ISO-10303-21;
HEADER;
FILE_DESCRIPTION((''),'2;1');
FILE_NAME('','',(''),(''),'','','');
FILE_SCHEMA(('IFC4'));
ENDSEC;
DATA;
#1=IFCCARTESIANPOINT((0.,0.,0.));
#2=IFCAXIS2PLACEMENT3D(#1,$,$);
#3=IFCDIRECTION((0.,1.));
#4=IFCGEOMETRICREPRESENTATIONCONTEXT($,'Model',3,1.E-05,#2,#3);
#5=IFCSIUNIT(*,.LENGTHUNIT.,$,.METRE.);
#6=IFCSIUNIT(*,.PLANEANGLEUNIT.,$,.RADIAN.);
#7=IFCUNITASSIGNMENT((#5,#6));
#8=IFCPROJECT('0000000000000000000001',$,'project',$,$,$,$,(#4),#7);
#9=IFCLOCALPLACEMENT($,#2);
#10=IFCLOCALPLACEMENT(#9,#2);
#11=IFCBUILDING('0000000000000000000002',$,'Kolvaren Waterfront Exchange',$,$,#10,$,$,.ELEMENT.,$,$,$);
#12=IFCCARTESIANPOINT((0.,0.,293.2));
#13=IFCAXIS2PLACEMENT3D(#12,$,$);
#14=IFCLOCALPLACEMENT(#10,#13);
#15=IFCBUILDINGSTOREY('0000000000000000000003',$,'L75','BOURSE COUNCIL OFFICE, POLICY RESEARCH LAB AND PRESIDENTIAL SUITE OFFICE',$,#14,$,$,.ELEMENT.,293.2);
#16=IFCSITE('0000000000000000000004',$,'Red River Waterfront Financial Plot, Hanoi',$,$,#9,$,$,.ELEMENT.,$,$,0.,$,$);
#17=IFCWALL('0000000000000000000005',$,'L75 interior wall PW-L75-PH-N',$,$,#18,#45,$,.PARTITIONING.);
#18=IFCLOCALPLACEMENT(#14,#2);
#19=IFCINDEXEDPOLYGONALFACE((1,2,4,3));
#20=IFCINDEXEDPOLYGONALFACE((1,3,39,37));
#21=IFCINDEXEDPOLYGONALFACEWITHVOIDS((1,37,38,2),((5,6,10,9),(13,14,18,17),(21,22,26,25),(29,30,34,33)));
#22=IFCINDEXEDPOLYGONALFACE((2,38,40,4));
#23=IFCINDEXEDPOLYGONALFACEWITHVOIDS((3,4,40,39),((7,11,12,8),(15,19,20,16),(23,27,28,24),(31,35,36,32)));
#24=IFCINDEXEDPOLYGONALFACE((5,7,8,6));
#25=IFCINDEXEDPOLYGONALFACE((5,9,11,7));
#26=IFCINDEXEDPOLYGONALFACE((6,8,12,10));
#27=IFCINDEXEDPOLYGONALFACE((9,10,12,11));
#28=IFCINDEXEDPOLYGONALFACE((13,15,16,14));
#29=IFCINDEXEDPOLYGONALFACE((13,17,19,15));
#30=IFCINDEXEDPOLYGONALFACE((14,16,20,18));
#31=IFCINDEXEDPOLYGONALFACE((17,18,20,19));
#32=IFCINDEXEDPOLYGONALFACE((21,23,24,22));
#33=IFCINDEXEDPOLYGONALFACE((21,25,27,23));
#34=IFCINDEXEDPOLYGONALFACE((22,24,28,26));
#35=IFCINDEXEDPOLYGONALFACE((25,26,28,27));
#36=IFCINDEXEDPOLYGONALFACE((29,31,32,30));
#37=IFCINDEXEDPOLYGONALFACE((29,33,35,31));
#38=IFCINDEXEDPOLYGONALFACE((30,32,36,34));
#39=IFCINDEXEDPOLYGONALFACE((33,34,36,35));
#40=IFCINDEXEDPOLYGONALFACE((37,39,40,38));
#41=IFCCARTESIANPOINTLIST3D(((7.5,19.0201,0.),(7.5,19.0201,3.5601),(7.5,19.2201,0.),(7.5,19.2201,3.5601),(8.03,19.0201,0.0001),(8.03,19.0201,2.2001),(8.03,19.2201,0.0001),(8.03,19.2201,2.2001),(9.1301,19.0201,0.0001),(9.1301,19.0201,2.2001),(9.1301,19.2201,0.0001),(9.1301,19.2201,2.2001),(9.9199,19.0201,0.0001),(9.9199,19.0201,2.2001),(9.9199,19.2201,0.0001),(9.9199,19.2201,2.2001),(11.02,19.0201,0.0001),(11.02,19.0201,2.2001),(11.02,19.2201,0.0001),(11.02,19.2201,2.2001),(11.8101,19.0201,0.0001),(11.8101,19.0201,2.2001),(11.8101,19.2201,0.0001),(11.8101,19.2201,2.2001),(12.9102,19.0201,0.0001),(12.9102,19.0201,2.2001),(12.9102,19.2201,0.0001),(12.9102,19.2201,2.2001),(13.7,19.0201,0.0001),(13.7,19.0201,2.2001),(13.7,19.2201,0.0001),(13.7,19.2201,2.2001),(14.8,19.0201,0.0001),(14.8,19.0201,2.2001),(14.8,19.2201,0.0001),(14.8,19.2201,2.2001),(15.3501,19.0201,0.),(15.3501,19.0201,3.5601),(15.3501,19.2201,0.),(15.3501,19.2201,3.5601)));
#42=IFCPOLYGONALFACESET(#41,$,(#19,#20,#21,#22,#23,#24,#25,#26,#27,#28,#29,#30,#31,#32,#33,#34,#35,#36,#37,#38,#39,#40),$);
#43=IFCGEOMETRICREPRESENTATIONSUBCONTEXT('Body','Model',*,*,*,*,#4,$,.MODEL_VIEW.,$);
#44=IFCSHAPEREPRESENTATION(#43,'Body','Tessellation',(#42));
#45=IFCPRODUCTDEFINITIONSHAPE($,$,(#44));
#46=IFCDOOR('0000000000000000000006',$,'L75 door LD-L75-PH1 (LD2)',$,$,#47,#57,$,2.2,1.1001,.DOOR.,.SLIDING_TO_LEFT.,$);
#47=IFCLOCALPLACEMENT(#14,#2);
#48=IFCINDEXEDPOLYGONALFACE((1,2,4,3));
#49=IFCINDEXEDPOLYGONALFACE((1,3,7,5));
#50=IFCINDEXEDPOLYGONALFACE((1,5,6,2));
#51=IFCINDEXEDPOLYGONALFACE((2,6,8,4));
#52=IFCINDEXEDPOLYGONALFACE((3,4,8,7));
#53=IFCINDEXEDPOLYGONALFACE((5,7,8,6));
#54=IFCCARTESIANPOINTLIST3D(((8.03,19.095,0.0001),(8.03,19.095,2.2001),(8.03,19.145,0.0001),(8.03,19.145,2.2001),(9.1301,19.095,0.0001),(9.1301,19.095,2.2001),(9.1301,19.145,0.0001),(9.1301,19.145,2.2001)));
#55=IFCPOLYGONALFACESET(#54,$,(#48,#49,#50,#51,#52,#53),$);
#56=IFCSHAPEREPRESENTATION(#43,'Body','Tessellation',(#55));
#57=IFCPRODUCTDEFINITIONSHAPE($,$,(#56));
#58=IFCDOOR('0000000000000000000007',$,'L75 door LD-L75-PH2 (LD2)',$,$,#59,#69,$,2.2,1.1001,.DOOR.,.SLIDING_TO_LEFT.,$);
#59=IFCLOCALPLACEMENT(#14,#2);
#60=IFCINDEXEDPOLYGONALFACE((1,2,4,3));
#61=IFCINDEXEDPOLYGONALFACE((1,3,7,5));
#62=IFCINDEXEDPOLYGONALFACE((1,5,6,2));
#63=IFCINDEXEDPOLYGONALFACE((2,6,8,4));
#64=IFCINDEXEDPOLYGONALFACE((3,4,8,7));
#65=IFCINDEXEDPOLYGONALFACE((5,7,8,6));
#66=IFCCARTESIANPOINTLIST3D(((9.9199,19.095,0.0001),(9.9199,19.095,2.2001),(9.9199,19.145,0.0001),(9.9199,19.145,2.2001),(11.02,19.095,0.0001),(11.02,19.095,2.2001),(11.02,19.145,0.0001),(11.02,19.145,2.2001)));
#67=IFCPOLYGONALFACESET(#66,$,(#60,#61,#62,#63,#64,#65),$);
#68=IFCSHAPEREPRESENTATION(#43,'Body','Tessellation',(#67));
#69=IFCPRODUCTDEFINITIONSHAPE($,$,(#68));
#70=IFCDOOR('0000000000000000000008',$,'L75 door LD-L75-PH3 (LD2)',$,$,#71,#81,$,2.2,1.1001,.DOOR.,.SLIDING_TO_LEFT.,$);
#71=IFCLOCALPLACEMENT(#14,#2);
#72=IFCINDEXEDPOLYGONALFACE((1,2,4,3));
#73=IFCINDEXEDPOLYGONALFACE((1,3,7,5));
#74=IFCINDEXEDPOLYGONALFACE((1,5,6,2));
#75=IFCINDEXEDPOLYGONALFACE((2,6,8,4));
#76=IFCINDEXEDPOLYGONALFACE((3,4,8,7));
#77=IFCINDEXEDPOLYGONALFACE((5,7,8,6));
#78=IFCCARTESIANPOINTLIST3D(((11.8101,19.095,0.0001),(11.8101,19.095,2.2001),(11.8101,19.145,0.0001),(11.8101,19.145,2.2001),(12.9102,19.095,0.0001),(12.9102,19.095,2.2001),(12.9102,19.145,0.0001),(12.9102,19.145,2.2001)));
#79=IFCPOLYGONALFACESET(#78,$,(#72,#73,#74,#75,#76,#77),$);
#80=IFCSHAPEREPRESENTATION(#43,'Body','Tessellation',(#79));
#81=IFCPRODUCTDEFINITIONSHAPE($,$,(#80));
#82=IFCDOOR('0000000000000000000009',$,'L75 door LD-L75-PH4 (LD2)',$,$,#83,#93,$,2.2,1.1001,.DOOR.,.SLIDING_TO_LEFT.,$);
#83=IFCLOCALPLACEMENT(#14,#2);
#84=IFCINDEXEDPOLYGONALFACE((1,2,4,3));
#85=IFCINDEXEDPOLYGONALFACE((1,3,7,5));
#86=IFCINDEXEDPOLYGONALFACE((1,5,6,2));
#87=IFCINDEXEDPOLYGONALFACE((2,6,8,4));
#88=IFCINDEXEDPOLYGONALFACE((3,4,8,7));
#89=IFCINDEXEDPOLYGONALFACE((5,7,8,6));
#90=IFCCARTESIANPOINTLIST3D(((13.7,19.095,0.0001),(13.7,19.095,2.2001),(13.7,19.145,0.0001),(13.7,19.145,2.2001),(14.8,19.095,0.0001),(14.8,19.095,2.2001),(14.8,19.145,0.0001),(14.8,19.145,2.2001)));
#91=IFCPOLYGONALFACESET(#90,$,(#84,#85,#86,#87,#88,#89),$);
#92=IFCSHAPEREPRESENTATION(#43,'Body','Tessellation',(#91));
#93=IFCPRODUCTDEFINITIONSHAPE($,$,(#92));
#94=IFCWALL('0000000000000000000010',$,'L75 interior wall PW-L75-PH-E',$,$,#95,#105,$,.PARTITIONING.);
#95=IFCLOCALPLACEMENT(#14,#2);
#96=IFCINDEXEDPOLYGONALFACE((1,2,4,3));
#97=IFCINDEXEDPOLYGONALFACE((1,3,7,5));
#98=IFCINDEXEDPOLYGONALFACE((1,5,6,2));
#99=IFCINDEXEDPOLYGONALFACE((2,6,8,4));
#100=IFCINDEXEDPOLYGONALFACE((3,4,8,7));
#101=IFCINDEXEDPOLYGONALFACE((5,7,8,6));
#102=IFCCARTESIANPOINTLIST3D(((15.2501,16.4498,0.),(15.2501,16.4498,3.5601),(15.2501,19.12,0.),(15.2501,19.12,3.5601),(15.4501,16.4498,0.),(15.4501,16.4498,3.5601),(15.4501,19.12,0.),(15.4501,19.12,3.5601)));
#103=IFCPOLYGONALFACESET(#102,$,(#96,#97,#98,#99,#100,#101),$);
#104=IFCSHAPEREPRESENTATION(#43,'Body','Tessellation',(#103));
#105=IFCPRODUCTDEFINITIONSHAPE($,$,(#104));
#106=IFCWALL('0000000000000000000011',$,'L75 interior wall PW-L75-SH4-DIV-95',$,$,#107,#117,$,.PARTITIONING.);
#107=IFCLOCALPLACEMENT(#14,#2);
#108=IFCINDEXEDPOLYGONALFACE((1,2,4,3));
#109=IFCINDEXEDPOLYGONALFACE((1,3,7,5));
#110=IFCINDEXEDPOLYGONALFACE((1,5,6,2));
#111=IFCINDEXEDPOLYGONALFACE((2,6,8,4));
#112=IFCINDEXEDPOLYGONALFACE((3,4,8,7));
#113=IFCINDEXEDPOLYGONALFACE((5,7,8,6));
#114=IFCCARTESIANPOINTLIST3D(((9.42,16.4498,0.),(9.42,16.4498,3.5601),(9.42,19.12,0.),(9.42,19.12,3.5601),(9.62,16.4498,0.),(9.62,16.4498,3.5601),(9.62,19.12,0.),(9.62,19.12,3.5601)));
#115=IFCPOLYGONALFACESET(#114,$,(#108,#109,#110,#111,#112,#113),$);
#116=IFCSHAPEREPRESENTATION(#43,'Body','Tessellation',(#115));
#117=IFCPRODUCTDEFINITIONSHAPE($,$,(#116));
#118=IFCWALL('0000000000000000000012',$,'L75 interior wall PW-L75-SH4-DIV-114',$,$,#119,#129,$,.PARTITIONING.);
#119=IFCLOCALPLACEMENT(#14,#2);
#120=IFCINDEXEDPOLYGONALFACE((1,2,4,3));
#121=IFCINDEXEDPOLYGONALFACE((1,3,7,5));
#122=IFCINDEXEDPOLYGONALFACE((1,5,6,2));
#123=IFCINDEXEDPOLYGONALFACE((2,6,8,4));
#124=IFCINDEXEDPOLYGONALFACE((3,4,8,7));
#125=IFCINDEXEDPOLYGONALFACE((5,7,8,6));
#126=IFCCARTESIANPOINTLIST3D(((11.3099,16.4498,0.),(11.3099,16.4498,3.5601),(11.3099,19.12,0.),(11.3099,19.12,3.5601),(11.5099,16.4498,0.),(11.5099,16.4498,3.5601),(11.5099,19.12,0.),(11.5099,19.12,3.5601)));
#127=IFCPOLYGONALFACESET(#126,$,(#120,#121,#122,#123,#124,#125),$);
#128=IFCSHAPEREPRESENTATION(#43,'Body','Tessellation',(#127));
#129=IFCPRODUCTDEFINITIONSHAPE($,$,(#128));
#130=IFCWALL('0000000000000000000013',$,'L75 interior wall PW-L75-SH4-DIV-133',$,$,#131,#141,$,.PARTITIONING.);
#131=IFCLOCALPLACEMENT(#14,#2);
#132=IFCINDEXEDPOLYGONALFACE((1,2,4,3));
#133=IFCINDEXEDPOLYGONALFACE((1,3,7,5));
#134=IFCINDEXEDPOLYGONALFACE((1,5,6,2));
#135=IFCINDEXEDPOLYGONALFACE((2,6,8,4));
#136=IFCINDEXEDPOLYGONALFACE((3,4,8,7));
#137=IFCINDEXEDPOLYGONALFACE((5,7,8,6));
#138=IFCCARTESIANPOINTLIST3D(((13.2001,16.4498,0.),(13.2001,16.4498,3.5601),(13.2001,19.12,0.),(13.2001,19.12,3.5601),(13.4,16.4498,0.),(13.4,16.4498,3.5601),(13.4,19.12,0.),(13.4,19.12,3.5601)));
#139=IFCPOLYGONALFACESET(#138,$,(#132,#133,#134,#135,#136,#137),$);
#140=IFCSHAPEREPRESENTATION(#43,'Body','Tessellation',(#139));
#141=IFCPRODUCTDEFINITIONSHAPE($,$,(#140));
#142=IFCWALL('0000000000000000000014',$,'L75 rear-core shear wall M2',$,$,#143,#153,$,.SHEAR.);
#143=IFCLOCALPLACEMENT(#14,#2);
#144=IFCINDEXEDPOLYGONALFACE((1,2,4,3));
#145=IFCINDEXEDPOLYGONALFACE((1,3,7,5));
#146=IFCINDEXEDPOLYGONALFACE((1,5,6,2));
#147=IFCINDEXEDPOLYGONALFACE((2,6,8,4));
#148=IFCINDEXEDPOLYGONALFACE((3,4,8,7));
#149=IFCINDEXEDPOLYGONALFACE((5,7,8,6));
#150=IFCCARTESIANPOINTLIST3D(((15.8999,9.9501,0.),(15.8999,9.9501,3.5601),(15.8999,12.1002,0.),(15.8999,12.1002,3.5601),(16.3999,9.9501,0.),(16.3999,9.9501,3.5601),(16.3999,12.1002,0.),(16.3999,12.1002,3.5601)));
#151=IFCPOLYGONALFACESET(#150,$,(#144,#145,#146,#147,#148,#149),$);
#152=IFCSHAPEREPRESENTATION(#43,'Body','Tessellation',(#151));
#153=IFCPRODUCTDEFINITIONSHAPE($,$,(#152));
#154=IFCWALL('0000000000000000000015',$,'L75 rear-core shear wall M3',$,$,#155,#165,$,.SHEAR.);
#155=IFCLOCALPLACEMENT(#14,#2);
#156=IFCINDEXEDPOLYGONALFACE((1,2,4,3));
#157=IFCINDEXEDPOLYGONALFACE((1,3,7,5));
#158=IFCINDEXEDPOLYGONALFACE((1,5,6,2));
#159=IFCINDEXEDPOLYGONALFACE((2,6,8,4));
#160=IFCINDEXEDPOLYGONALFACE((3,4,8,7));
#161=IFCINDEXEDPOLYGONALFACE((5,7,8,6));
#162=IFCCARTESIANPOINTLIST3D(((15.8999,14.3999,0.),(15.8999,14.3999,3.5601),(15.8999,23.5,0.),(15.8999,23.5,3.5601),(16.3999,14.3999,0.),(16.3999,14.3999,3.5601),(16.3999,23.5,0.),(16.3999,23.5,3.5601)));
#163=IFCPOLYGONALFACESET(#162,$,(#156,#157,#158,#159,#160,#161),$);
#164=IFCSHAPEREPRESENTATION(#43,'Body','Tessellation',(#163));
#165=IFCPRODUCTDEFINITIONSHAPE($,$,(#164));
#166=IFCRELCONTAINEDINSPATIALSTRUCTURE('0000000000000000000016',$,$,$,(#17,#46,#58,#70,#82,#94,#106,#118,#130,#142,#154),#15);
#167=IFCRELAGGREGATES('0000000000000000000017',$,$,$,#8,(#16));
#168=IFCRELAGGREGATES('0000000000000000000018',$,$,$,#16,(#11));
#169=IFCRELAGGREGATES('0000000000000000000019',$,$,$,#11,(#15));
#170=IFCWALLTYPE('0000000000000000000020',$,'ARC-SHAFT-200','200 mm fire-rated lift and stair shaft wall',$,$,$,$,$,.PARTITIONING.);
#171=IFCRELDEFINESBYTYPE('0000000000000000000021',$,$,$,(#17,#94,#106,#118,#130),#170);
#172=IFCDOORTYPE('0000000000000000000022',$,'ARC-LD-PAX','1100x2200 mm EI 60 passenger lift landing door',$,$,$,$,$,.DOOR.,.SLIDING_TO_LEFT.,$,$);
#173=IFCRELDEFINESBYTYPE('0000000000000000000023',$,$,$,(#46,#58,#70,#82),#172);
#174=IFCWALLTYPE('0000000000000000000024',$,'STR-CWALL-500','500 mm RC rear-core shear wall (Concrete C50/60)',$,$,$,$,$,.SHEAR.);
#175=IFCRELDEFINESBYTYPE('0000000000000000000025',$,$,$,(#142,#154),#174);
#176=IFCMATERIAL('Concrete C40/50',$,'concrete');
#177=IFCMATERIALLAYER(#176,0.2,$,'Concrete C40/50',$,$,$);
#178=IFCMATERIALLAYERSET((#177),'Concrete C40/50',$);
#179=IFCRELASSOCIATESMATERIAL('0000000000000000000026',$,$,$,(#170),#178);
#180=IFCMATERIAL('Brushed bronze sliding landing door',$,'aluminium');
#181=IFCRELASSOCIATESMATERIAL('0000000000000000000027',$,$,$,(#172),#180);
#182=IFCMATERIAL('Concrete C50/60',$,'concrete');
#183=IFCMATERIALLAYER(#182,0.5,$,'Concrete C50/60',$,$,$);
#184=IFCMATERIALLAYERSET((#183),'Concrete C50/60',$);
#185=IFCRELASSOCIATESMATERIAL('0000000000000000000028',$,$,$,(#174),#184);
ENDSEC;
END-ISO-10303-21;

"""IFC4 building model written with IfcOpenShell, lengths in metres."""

from ifc_helpers import new_model, si_unit, direction, frame, frame_2d, origin, place, context, subcontext, project, spatial, rectangle, extrude, material, layer, layer_set, type_object, element, fill, save


model = new_model("IFC4")

# Units and contexts
model_context = context("Model", 3, precision=1e-05, world=origin(), true_north=direction((0.0, 1.0)))
body_context = subcontext(model_context, "Body", "Model", "MODEL_VIEW")
ifc_project = project(units=[si_unit("LENGTHUNIT", "METRE"), si_unit("PLANEANGLEUNIT", "RADIAN")], contexts=[model_context])

# Site, building, storey
site_placement = place(None, origin())
site = spatial("IfcSite", under=ifc_project, at=site_placement, Name="Red River Waterfront Financial Plot, Hanoi", CompositionType="ELEMENT", RefElevation=0.0)
building_placement = place(site_placement, origin())
building = spatial("IfcBuilding", under=site, at=building_placement, Name="Kolvaren Waterfront Exchange", CompositionType="ELEMENT")
storey_placement = place(building_placement, frame((0.0, 0.0, 293.2)))
storey = spatial("IfcBuildingStorey", under=building, at=storey_placement, Name="L75", Description="BOURSE COUNCIL OFFICE, POLICY RESEARCH LAB AND PRESIDENTIAL SUITE OFFICE", CompositionType="ELEMENT", Elevation=293.2)

# Wall, openings, doors
ifc_material_1 = material(Name="Concrete C40/50", Category="concrete")
ifc_layer_1 = layer(ifc_material_1, 0.2, Name="Concrete C40/50")
ifc_layer_set_1 = layer_set([ifc_layer_1], Name="Concrete C40/50")
wall_type_1 = type_object("IfcWallType", Name="ARC-SHAFT-200", Description="200 mm fire-rated lift and stair shaft wall", PredefinedType="PARTITIONING", material=ifc_layer_set_1)
wall_1_placement = place(storey_placement, frame((7.5, 19.1201, 0.0), z_axis=(0.0, 0.0, 1.0), x_axis=(1.0, 0.0, 0.0)))
wall_1 = element("IfcWall", 1, at=wall_1_placement, inside=storey, type_object=wall_type_1, Name="L75 interior wall PW-L75-PH-N", PredefinedType="PARTITIONING", context=body_context, shape_type="SweptSolid", body=[
    extrude(rectangle(XDim=7.8501, YDim=0.2, at=frame_2d((3.925, 0.0))), origin(), (0.0, 0.0, 1.0), 3.5601),
])
opening_1_placement = place(wall_1_placement, frame((0.53, 0.0, 0.0)))
opening_1 = element("IfcOpeningElement", 2, at=opening_1_placement, cuts=wall_1, PredefinedType="OPENING", context=body_context, shape_type="SweptSolid", body=[
    extrude(rectangle(XDim=1.1001, YDim=2.2, at=frame_2d((0.55, 1.1001))), frame((0.0, 0.1099, 0.0), z_axis=(0.0, -1.0, 0.0), x_axis=(1.0, 0.0, 0.0)), (0.0, 0.0, 1.0), 0.22),
])
opening_2_placement = place(wall_1_placement, frame((2.4199, 0.0, 0.0)))
opening_2 = element("IfcOpeningElement", 3, at=opening_2_placement, cuts=wall_1, PredefinedType="OPENING", context=body_context, shape_type="SweptSolid", body=[
    extrude(rectangle(XDim=1.1001, YDim=2.2, at=frame_2d((0.55, 1.1001))), frame((0.0, 0.1099, 0.0), z_axis=(0.0, -1.0, 0.0), x_axis=(1.0, 0.0, 0.0)), (0.0, 0.0, 1.0), 0.22),
])
opening_3_placement = place(wall_1_placement, frame((4.3101, 0.0, 0.0)))
opening_3 = element("IfcOpeningElement", 4, at=opening_3_placement, cuts=wall_1, PredefinedType="OPENING", context=body_context, shape_type="SweptSolid", body=[
    extrude(rectangle(XDim=1.1001, YDim=2.2, at=frame_2d((0.55, 1.1001))), frame((0.0, 0.1099, 0.0), z_axis=(0.0, -1.0, 0.0), x_axis=(1.0, 0.0, 0.0)), (0.0, 0.0, 1.0), 0.22),
])
opening_4_placement = place(wall_1_placement, frame((6.2, 0.0, 0.0)))
opening_4 = element("IfcOpeningElement", 5, at=opening_4_placement, cuts=wall_1, PredefinedType="OPENING", context=body_context, shape_type="SweptSolid", body=[
    extrude(rectangle(XDim=1.1001, YDim=2.2, at=frame_2d((0.55, 1.1001))), frame((0.0, 0.1099, 0.0), z_axis=(0.0, -1.0, 0.0), x_axis=(1.0, 0.0, 0.0)), (0.0, 0.0, 1.0), 0.22),
])
ifc_material_2 = material(Name="Brushed bronze sliding landing door", Category="aluminium")
door_type_1 = type_object("IfcDoorType", Name="ARC-LD-PAX", Description="1100x2200 mm EI 60 passenger lift landing door", OperationType="SLIDING_TO_LEFT", PredefinedType="DOOR", material=ifc_material_2)
door_1_placement = place(opening_1_placement, origin())
door_1 = element("IfcDoor", 6, at=door_1_placement, inside=storey, type_object=door_type_1, Name="L75 door LD-L75-PH1 (LD2)", OperationType="SLIDING_TO_LEFT", OverallHeight=2.2, OverallWidth=1.1001, PredefinedType="DOOR", context=body_context, shape_type="SweptSolid", body=[
    extrude(rectangle(XDim=1.1001, YDim=2.2, at=frame_2d((0.55, 1.1001))), frame((0.0, 0.0249, 0.0), z_axis=(0.0, -1.0, 0.0), x_axis=(1.0, 0.0, 0.0)), (0.0, 0.0, 1.0), 0.05),
])
fill(opening_1, door_1)
door_2_placement = place(opening_2_placement, origin())
door_2 = element("IfcDoor", 7, at=door_2_placement, inside=storey, type_object=door_type_1, Name="L75 door LD-L75-PH2 (LD2)", OperationType="SLIDING_TO_LEFT", OverallHeight=2.2, OverallWidth=1.1001, PredefinedType="DOOR", context=body_context, shape_type="SweptSolid", body=[
    extrude(rectangle(XDim=1.1001, YDim=2.2, at=frame_2d((0.55, 1.1001))), frame((0.0, 0.0249, 0.0), z_axis=(0.0, -1.0, 0.0), x_axis=(1.0, 0.0, 0.0)), (0.0, 0.0, 1.0), 0.05),
])
fill(opening_2, door_2)
door_3_placement = place(opening_3_placement, origin())
door_3 = element("IfcDoor", 8, at=door_3_placement, inside=storey, type_object=door_type_1, Name="L75 door LD-L75-PH3 (LD2)", OperationType="SLIDING_TO_LEFT", OverallHeight=2.2, OverallWidth=1.1001, PredefinedType="DOOR", context=body_context, shape_type="SweptSolid", body=[
    extrude(rectangle(XDim=1.1001, YDim=2.2, at=frame_2d((0.55, 1.1001))), frame((0.0, 0.0249, 0.0), z_axis=(0.0, -1.0, 0.0), x_axis=(1.0, 0.0, 0.0)), (0.0, 0.0, 1.0), 0.05),
])
fill(opening_3, door_3)
door_4_placement = place(opening_4_placement, origin())
door_4 = element("IfcDoor", 9, at=door_4_placement, inside=storey, type_object=door_type_1, Name="L75 door LD-L75-PH4 (LD2)", OperationType="SLIDING_TO_LEFT", OverallHeight=2.2, OverallWidth=1.1001, PredefinedType="DOOR", context=body_context, shape_type="SweptSolid", body=[
    extrude(rectangle(XDim=1.1001, YDim=2.2, at=frame_2d((0.55, 1.1001))), frame((0.0, 0.0249, 0.0), z_axis=(0.0, -1.0, 0.0), x_axis=(1.0, 0.0, 0.0)), (0.0, 0.0, 1.0), 0.05),
])
fill(opening_4, door_4)

# Walls
for number, where, z_axis, x_axis, name in (
    (10, (15.3501, 16.45, 0.0), (0.0, 0.0, 1.0), (0.0, 1.0, 0.0), "L75 interior wall PW-L75-PH-E"),
    (11, (9.52, 16.45, 0.0), (0.0, 0.0, 1.0), (0.0, 1.0, 0.0), "L75 interior wall PW-L75-SH4-DIV-95"),
    (12, (11.4099, 16.45, 0.0), (0.0, 0.0, 1.0), (0.0, 1.0, 0.0), "L75 interior wall PW-L75-SH4-DIV-114"),
    (13, (13.3, 16.45, 0.0), (0.0, 0.0, 1.0), (0.0, 1.0, 0.0), "L75 interior wall PW-L75-SH4-DIV-133"),
):
    element("IfcWall", number, at=place(storey_placement, frame(where, z_axis=z_axis, x_axis=x_axis)), inside=storey, type_object=wall_type_1, Name=name, PredefinedType="PARTITIONING", context=body_context, shape_type="SweptSolid", body=[
        extrude(rectangle(XDim=2.6702, YDim=0.2, at=frame_2d((1.335, 0.0))), origin(), (0.0, 0.0, 1.0), 3.5601),
    ])
ifc_material_3 = material(Name="Concrete C50/60", Category="concrete")
ifc_layer_2 = layer(ifc_material_3, 0.5, Name="Concrete C50/60")
ifc_layer_set_2 = layer_set([ifc_layer_2], Name="Concrete C50/60")
wall_type_2 = type_object("IfcWallType", Name="STR-CWALL-500", Description="500 mm RC rear-core shear wall (Concrete C50/60)", PredefinedType="SHEAR", material=ifc_layer_set_2)
wall_2_placement = place(storey_placement, frame((16.1499, 9.95, 0.0), z_axis=(0.0, 0.0, 1.0), x_axis=(0.0, 1.0, 0.0)))
element("IfcWall", 14, at=wall_2_placement, inside=storey, type_object=wall_type_2, Name="L75 rear-core shear wall M2", PredefinedType="SHEAR", context=body_context, shape_type="SweptSolid", body=[
    extrude(rectangle(XDim=2.1501, YDim=0.5, at=frame_2d((1.0752, 0.0))), origin(), (0.0, 0.0, 1.0), 3.5601),
])
wall_3_placement = place(storey_placement, frame((16.1499, 14.3999, 0.0), z_axis=(0.0, 0.0, 1.0), x_axis=(0.0, 1.0, 0.0)))
element("IfcWall", 15, at=wall_3_placement, inside=storey, type_object=wall_type_2, Name="L75 rear-core shear wall M3", PredefinedType="SHEAR", context=body_context, shape_type="SweptSolid", body=[
    extrude(rectangle(XDim=9.1001, YDim=0.5, at=frame_2d((4.55, 0.0))), origin(), (0.0, 0.0, 1.0), 3.5601),
])

save(model, "model.ifc")
